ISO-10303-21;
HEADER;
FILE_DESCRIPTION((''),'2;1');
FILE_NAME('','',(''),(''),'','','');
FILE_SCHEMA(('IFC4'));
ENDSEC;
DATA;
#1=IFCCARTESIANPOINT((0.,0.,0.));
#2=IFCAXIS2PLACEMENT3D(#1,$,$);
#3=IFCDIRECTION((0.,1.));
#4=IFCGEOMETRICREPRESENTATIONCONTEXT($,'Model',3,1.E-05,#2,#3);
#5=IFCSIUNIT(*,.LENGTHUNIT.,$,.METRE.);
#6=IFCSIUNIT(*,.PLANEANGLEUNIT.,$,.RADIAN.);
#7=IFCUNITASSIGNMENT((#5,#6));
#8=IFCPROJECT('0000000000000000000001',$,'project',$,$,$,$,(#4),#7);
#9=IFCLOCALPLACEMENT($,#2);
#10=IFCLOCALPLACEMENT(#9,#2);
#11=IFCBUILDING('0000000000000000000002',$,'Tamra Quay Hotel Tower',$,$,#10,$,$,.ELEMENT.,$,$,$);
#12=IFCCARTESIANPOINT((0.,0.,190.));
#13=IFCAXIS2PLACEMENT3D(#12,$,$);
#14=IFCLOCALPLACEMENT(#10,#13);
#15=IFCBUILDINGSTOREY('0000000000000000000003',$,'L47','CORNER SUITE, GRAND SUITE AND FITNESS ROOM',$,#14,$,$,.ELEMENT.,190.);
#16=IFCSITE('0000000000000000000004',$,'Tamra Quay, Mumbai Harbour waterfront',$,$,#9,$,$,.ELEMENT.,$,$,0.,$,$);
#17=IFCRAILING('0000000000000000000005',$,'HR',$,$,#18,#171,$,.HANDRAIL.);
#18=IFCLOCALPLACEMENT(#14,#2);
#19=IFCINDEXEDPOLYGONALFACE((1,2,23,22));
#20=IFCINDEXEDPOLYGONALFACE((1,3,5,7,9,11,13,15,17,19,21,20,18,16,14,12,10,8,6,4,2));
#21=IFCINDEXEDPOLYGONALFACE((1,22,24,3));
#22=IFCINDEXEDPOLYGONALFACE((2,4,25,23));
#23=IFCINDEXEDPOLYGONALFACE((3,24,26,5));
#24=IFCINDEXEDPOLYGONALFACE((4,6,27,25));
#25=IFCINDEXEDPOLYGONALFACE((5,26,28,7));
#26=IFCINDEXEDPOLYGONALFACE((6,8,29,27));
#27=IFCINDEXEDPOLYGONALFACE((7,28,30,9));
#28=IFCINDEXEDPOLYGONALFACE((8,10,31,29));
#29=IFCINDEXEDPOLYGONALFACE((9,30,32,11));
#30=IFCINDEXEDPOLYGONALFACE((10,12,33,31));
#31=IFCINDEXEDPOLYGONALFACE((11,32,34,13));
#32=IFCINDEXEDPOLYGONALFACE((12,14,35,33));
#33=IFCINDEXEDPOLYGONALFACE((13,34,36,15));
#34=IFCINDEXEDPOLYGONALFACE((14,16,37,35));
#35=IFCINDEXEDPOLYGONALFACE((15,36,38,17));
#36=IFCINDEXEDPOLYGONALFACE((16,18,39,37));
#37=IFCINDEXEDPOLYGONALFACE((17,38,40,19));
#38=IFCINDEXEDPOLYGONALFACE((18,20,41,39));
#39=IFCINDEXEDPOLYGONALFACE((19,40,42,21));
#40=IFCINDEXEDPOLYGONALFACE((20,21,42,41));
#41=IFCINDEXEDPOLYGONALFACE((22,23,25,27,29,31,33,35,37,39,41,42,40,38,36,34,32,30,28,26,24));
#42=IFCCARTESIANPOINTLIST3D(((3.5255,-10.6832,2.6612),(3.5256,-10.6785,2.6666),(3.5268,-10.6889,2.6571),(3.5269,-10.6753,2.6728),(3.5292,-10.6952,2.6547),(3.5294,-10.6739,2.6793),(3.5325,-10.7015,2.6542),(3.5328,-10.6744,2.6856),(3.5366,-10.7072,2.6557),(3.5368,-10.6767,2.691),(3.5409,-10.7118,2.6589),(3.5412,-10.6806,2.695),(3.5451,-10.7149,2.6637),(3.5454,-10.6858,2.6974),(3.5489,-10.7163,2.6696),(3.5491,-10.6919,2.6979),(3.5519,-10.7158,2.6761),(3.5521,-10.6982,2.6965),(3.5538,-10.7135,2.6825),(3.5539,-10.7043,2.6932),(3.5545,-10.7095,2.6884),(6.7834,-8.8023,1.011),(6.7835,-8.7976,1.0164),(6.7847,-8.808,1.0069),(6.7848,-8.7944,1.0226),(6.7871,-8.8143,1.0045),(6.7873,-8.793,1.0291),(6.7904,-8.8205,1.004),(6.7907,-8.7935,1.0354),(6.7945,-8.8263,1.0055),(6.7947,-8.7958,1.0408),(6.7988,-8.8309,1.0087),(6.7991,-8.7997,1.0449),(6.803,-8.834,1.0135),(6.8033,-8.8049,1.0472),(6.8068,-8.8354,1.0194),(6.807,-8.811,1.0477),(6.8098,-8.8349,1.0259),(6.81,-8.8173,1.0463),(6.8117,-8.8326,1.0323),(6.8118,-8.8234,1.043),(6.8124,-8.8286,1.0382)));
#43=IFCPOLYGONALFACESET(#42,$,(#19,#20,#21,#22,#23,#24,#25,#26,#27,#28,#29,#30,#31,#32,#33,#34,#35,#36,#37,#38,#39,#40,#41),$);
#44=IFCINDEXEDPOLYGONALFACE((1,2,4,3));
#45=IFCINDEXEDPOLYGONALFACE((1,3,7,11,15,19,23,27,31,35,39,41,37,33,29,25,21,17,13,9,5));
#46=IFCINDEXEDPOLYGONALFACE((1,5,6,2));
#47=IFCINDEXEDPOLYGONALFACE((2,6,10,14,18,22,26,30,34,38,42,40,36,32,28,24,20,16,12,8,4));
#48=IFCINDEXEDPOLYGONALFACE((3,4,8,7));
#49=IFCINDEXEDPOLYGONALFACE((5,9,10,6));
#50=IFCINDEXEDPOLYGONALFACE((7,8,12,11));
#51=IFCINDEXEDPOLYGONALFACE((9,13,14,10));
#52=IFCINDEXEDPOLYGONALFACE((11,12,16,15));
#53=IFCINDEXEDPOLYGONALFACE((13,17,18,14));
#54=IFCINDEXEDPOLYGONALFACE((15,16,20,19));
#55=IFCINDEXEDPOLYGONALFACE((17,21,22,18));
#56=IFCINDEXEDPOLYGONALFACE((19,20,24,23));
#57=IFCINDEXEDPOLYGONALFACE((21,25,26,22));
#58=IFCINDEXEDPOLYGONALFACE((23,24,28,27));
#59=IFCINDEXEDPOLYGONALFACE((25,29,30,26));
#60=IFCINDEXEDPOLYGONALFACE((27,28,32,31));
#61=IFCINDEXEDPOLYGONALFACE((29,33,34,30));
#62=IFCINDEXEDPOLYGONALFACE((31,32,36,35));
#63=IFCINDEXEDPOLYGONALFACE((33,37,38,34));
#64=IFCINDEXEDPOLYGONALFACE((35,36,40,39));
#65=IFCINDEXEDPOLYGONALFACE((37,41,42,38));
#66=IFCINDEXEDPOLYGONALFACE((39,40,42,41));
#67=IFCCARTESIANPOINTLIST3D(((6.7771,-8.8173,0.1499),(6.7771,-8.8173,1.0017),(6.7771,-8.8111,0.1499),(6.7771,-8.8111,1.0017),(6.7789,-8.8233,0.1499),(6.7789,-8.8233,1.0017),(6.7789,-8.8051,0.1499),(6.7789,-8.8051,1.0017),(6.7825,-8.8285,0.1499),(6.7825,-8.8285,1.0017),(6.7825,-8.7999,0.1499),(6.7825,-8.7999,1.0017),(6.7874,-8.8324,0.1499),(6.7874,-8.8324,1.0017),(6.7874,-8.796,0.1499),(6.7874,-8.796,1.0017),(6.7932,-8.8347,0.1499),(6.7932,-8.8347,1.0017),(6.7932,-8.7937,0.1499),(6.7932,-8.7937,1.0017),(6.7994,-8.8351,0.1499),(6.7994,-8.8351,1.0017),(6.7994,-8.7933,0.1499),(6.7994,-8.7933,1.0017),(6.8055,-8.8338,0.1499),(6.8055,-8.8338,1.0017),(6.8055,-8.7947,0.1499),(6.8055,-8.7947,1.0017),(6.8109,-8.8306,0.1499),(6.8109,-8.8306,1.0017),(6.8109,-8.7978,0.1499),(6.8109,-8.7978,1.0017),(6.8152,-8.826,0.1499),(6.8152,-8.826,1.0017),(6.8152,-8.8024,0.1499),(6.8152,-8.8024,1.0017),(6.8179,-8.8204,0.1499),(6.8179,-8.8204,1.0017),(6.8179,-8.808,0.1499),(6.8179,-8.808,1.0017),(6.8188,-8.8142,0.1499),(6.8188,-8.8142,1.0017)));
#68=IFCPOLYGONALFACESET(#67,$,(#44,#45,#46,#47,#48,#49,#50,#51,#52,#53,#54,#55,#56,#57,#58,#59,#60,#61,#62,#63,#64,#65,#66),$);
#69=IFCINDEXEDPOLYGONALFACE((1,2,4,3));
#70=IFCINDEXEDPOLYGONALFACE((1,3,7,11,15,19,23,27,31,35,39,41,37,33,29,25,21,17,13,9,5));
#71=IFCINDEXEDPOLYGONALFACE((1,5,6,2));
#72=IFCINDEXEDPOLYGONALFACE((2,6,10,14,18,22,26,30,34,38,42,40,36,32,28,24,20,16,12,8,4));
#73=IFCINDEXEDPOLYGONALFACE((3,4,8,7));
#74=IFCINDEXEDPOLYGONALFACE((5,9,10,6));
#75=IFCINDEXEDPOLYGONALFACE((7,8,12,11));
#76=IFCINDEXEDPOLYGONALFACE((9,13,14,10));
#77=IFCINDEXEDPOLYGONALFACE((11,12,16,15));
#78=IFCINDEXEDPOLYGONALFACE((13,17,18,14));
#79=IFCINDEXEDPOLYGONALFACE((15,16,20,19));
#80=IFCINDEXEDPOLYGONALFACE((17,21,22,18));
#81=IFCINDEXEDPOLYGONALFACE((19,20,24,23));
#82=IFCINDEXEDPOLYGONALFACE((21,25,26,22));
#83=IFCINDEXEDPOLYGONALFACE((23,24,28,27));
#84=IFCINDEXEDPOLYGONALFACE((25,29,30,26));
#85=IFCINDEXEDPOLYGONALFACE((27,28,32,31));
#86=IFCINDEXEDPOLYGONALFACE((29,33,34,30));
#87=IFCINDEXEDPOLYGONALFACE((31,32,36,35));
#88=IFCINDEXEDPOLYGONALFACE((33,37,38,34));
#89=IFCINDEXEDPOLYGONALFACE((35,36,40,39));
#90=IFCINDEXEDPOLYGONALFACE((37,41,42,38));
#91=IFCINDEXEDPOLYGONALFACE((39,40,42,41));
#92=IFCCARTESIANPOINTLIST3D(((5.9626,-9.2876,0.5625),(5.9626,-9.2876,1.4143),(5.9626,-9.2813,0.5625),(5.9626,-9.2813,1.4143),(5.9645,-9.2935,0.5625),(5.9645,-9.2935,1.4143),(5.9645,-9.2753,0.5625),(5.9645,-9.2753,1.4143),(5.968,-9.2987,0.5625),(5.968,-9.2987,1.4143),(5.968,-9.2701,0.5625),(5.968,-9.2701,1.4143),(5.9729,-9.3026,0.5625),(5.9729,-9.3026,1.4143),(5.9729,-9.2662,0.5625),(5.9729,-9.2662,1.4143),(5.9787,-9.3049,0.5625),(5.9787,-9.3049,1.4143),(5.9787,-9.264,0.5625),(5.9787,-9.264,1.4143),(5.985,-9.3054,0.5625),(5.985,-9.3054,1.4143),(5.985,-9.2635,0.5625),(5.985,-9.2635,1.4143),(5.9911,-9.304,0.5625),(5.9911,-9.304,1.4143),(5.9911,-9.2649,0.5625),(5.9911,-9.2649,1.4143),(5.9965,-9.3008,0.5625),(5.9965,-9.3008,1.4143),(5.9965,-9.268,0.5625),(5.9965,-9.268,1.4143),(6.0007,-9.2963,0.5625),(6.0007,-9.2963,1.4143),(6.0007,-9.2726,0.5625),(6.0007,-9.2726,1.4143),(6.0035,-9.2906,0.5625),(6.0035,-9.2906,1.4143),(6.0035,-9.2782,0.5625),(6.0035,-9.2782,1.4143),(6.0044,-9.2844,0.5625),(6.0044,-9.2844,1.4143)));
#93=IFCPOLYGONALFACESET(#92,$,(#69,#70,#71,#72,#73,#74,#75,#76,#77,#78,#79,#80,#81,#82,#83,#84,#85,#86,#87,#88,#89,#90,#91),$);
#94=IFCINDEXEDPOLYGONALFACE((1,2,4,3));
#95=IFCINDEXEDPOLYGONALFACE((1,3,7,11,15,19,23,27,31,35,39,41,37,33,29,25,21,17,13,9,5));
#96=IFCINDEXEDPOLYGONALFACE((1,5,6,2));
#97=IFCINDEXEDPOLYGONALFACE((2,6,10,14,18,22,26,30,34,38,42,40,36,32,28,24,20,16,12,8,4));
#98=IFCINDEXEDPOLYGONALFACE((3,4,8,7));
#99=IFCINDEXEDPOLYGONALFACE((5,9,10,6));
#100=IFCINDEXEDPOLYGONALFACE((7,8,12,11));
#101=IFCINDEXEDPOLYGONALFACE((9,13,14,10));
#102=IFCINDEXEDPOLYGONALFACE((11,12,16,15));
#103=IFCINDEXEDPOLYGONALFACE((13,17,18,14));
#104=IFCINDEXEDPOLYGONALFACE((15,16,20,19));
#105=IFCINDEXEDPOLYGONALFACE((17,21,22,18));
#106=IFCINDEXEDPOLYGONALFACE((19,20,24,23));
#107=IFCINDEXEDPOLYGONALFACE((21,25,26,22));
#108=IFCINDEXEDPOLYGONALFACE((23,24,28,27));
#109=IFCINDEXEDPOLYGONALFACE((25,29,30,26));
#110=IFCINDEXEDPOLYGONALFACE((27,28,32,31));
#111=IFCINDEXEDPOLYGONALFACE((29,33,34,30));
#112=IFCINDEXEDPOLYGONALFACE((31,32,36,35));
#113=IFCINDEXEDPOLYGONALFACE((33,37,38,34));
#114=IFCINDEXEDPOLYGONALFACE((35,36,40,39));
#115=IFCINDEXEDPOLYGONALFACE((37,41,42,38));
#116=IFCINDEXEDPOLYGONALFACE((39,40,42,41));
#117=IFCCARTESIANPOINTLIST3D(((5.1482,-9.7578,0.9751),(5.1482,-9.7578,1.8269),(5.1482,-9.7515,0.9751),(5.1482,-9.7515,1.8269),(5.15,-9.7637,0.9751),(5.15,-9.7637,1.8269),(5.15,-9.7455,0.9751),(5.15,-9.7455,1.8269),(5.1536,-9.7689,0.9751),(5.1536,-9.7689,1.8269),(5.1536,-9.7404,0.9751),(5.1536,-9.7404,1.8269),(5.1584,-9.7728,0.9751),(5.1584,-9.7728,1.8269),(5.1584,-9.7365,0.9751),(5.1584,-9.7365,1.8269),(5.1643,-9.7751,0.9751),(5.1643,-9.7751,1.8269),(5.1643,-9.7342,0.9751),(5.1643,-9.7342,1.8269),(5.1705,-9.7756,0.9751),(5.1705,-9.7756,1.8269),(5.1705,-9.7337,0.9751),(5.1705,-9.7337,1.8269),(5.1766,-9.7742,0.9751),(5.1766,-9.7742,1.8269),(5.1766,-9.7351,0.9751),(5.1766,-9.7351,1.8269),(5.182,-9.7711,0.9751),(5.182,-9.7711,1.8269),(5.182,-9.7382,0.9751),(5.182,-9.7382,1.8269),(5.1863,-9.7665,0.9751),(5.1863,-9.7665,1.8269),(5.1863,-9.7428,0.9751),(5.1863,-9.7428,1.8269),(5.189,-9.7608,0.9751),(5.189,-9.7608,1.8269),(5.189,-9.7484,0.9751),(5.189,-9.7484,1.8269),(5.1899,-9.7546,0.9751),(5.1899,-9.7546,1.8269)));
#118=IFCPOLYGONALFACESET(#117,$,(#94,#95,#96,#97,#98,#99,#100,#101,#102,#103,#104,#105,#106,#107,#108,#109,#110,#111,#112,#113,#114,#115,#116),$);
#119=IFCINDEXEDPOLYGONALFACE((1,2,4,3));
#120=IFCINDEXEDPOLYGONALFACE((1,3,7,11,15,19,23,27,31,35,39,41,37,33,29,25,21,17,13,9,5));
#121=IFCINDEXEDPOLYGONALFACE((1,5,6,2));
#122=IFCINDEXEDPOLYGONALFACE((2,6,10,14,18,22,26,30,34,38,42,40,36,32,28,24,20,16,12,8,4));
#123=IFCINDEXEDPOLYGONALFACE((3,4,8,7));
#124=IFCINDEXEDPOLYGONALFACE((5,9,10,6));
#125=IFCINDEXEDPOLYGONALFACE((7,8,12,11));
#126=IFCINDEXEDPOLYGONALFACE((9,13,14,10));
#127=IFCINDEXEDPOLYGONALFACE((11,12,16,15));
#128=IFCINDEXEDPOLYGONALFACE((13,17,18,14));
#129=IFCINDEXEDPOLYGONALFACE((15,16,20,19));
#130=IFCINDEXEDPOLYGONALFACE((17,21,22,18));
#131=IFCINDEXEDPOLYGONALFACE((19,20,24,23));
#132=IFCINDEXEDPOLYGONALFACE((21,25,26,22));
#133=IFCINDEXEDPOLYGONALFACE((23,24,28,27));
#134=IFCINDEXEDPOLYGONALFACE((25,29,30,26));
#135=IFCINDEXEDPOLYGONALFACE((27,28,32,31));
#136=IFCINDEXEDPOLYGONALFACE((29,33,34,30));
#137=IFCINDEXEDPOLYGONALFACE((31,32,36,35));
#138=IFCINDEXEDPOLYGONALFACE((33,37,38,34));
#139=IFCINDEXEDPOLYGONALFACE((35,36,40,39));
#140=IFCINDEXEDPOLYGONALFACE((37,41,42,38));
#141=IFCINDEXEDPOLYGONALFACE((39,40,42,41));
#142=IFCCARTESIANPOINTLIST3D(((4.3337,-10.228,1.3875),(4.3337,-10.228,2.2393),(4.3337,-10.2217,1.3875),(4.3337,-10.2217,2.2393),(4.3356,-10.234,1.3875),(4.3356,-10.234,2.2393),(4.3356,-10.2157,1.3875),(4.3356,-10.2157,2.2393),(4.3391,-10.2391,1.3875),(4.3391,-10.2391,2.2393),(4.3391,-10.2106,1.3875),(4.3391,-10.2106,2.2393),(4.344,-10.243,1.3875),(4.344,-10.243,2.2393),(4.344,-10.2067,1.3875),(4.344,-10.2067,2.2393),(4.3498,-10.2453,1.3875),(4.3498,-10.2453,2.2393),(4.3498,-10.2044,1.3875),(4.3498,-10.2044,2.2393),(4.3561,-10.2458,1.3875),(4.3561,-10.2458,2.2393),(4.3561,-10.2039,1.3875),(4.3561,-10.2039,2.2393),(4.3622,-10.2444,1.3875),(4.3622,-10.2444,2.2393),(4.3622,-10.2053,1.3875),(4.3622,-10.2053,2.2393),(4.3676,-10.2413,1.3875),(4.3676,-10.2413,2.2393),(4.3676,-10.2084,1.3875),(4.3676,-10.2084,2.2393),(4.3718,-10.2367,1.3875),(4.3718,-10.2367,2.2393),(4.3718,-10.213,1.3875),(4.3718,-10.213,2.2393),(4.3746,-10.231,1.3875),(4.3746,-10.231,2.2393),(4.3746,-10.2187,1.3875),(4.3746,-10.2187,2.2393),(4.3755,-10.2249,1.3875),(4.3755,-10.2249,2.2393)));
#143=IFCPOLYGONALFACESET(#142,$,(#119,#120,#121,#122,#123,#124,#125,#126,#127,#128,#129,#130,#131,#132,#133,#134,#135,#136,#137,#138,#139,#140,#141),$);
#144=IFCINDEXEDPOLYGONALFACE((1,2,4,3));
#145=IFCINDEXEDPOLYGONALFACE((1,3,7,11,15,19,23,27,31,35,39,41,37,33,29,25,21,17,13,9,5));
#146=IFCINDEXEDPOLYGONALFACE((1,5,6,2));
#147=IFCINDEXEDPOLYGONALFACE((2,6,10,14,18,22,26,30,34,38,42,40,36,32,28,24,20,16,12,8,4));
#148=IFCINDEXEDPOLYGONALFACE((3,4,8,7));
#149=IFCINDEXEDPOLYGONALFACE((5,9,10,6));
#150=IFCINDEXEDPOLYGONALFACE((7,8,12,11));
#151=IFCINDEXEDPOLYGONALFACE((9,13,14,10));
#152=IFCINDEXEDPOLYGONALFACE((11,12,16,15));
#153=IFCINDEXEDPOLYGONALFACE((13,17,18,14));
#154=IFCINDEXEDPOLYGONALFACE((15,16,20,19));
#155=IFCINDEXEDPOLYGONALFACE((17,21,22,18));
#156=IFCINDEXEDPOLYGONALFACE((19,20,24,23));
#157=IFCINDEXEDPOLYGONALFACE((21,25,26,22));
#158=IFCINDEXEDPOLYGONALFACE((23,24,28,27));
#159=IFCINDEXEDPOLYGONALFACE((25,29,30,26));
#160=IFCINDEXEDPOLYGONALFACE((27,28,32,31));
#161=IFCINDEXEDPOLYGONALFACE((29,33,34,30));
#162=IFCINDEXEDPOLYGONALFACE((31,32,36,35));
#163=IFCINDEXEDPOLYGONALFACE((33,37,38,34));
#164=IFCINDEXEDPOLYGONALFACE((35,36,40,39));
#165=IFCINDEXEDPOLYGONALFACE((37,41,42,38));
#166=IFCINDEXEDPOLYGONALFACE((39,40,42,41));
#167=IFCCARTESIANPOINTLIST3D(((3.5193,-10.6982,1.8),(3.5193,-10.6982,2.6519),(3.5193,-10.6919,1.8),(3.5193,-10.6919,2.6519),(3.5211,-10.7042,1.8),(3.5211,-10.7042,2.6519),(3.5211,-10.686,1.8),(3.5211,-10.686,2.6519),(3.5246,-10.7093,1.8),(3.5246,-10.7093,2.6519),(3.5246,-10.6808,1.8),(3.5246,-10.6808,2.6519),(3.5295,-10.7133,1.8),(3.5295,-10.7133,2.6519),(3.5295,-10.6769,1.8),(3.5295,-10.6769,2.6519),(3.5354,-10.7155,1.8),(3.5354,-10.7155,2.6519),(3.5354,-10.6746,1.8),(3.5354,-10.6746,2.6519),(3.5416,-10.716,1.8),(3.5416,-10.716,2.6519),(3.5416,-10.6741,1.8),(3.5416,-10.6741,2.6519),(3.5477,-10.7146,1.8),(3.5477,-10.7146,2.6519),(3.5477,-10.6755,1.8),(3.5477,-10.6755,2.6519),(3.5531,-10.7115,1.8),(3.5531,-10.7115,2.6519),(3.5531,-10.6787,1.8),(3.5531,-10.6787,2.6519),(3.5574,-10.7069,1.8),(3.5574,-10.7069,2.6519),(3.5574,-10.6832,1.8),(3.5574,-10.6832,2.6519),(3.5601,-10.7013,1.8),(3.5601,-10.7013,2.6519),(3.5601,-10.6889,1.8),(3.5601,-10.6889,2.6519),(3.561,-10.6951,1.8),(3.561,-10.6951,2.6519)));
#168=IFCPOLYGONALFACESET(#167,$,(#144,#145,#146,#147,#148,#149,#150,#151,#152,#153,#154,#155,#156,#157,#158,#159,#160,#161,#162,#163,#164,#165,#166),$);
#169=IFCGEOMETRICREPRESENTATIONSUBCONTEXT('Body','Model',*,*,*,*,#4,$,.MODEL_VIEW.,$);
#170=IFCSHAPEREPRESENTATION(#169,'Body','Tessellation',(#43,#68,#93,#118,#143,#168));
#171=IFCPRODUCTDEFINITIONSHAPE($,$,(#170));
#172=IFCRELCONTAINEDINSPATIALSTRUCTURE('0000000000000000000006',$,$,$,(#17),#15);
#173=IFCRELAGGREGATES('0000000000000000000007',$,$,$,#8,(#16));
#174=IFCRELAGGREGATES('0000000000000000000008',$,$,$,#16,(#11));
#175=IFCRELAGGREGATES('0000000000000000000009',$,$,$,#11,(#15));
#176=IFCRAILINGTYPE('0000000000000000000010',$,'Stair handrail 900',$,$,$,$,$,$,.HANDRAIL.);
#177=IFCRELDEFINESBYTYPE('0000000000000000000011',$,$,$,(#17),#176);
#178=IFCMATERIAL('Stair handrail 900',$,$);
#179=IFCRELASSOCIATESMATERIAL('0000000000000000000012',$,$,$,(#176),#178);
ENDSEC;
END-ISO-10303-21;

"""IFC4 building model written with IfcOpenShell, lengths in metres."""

from ifc_helpers import new_model, si_unit, direction, frame, origin, origin_2d, place, context, subcontext, project, spatial, circle, extrude, material, type_object, element, save


model = new_model("IFC4")

# Units and contexts
model_context = context("Model", 3, precision=1e-05, world=origin(), true_north=direction((0.0, 1.0)))
body_context = subcontext(model_context, "Body", "Model", "MODEL_VIEW")
ifc_project = project(units=[si_unit("LENGTHUNIT", "METRE"), si_unit("PLANEANGLEUNIT", "RADIAN")], contexts=[model_context])

# Site, building, storey
site_placement = place(None, origin())
site = spatial("IfcSite", under=ifc_project, at=site_placement, Name="Tamra Quay, Mumbai Harbour waterfront", CompositionType="ELEMENT", RefElevation=0.0)
building_placement = place(site_placement, origin())
building = spatial("IfcBuilding", under=site, at=building_placement, Name="Tamra Quay Hotel Tower", CompositionType="ELEMENT")
storey_placement = place(building_placement, frame((0.0, 0.0, 190.0)))
storey = spatial("IfcBuildingStorey", under=building, at=storey_placement, Name="L47", Description="CORNER SUITE, GRAND SUITE AND FITNESS ROOM", CompositionType="ELEMENT", Elevation=190.0)

# Railing
ifc_material_1 = material(Name="Stair handrail 900")
railing_type_1 = type_object("IfcRailingType", Name="Stair handrail 900", PredefinedType="HANDRAIL", material=ifc_material_1)
railing_1_placement = place(storey_placement, frame((6.7979, -8.8142, 0.1499)))
element("IfcRailing", 1, at=railing_1_placement, inside=storey, type_object=railing_type_1, Name="HR", PredefinedType="HANDRAIL", context=body_context, shape_type="SweptSolid", body=[
    extrude(circle(Radius=0.0239, at=origin_2d()), frame((0.0, 0.0, 0.876), z_axis=(-0.793081, -0.457876, 0.401711), x_axis=(0.499992, -0.86603, 0.0)), (0.0, 0.0, 1.0), 4.1079),
    extrude(circle(Radius=0.021, at=origin_2d()), origin(), (0.0, 0.0, 1.0), 0.8518),
    extrude(circle(Radius=0.021, at=origin_2d()), frame((-0.8145, -0.4702, 0.4126)), (0.0, 0.0, 1.0), 0.8518),
    extrude(circle(Radius=0.021, at=origin_2d()), frame((-1.6289, -0.9404, 0.8252)), (0.0, 0.0, 1.0), 0.8518),
    extrude(circle(Radius=0.021, at=origin_2d()), frame((-2.4434, -1.4106, 1.2375)), (0.0, 0.0, 1.0), 0.8518),
    extrude(circle(Radius=0.021, at=origin_2d()), frame((-3.2578, -1.8809, 1.6501)), (0.0, 0.0, 1.0), 0.8518),
])

save(model, "model.ifc")
